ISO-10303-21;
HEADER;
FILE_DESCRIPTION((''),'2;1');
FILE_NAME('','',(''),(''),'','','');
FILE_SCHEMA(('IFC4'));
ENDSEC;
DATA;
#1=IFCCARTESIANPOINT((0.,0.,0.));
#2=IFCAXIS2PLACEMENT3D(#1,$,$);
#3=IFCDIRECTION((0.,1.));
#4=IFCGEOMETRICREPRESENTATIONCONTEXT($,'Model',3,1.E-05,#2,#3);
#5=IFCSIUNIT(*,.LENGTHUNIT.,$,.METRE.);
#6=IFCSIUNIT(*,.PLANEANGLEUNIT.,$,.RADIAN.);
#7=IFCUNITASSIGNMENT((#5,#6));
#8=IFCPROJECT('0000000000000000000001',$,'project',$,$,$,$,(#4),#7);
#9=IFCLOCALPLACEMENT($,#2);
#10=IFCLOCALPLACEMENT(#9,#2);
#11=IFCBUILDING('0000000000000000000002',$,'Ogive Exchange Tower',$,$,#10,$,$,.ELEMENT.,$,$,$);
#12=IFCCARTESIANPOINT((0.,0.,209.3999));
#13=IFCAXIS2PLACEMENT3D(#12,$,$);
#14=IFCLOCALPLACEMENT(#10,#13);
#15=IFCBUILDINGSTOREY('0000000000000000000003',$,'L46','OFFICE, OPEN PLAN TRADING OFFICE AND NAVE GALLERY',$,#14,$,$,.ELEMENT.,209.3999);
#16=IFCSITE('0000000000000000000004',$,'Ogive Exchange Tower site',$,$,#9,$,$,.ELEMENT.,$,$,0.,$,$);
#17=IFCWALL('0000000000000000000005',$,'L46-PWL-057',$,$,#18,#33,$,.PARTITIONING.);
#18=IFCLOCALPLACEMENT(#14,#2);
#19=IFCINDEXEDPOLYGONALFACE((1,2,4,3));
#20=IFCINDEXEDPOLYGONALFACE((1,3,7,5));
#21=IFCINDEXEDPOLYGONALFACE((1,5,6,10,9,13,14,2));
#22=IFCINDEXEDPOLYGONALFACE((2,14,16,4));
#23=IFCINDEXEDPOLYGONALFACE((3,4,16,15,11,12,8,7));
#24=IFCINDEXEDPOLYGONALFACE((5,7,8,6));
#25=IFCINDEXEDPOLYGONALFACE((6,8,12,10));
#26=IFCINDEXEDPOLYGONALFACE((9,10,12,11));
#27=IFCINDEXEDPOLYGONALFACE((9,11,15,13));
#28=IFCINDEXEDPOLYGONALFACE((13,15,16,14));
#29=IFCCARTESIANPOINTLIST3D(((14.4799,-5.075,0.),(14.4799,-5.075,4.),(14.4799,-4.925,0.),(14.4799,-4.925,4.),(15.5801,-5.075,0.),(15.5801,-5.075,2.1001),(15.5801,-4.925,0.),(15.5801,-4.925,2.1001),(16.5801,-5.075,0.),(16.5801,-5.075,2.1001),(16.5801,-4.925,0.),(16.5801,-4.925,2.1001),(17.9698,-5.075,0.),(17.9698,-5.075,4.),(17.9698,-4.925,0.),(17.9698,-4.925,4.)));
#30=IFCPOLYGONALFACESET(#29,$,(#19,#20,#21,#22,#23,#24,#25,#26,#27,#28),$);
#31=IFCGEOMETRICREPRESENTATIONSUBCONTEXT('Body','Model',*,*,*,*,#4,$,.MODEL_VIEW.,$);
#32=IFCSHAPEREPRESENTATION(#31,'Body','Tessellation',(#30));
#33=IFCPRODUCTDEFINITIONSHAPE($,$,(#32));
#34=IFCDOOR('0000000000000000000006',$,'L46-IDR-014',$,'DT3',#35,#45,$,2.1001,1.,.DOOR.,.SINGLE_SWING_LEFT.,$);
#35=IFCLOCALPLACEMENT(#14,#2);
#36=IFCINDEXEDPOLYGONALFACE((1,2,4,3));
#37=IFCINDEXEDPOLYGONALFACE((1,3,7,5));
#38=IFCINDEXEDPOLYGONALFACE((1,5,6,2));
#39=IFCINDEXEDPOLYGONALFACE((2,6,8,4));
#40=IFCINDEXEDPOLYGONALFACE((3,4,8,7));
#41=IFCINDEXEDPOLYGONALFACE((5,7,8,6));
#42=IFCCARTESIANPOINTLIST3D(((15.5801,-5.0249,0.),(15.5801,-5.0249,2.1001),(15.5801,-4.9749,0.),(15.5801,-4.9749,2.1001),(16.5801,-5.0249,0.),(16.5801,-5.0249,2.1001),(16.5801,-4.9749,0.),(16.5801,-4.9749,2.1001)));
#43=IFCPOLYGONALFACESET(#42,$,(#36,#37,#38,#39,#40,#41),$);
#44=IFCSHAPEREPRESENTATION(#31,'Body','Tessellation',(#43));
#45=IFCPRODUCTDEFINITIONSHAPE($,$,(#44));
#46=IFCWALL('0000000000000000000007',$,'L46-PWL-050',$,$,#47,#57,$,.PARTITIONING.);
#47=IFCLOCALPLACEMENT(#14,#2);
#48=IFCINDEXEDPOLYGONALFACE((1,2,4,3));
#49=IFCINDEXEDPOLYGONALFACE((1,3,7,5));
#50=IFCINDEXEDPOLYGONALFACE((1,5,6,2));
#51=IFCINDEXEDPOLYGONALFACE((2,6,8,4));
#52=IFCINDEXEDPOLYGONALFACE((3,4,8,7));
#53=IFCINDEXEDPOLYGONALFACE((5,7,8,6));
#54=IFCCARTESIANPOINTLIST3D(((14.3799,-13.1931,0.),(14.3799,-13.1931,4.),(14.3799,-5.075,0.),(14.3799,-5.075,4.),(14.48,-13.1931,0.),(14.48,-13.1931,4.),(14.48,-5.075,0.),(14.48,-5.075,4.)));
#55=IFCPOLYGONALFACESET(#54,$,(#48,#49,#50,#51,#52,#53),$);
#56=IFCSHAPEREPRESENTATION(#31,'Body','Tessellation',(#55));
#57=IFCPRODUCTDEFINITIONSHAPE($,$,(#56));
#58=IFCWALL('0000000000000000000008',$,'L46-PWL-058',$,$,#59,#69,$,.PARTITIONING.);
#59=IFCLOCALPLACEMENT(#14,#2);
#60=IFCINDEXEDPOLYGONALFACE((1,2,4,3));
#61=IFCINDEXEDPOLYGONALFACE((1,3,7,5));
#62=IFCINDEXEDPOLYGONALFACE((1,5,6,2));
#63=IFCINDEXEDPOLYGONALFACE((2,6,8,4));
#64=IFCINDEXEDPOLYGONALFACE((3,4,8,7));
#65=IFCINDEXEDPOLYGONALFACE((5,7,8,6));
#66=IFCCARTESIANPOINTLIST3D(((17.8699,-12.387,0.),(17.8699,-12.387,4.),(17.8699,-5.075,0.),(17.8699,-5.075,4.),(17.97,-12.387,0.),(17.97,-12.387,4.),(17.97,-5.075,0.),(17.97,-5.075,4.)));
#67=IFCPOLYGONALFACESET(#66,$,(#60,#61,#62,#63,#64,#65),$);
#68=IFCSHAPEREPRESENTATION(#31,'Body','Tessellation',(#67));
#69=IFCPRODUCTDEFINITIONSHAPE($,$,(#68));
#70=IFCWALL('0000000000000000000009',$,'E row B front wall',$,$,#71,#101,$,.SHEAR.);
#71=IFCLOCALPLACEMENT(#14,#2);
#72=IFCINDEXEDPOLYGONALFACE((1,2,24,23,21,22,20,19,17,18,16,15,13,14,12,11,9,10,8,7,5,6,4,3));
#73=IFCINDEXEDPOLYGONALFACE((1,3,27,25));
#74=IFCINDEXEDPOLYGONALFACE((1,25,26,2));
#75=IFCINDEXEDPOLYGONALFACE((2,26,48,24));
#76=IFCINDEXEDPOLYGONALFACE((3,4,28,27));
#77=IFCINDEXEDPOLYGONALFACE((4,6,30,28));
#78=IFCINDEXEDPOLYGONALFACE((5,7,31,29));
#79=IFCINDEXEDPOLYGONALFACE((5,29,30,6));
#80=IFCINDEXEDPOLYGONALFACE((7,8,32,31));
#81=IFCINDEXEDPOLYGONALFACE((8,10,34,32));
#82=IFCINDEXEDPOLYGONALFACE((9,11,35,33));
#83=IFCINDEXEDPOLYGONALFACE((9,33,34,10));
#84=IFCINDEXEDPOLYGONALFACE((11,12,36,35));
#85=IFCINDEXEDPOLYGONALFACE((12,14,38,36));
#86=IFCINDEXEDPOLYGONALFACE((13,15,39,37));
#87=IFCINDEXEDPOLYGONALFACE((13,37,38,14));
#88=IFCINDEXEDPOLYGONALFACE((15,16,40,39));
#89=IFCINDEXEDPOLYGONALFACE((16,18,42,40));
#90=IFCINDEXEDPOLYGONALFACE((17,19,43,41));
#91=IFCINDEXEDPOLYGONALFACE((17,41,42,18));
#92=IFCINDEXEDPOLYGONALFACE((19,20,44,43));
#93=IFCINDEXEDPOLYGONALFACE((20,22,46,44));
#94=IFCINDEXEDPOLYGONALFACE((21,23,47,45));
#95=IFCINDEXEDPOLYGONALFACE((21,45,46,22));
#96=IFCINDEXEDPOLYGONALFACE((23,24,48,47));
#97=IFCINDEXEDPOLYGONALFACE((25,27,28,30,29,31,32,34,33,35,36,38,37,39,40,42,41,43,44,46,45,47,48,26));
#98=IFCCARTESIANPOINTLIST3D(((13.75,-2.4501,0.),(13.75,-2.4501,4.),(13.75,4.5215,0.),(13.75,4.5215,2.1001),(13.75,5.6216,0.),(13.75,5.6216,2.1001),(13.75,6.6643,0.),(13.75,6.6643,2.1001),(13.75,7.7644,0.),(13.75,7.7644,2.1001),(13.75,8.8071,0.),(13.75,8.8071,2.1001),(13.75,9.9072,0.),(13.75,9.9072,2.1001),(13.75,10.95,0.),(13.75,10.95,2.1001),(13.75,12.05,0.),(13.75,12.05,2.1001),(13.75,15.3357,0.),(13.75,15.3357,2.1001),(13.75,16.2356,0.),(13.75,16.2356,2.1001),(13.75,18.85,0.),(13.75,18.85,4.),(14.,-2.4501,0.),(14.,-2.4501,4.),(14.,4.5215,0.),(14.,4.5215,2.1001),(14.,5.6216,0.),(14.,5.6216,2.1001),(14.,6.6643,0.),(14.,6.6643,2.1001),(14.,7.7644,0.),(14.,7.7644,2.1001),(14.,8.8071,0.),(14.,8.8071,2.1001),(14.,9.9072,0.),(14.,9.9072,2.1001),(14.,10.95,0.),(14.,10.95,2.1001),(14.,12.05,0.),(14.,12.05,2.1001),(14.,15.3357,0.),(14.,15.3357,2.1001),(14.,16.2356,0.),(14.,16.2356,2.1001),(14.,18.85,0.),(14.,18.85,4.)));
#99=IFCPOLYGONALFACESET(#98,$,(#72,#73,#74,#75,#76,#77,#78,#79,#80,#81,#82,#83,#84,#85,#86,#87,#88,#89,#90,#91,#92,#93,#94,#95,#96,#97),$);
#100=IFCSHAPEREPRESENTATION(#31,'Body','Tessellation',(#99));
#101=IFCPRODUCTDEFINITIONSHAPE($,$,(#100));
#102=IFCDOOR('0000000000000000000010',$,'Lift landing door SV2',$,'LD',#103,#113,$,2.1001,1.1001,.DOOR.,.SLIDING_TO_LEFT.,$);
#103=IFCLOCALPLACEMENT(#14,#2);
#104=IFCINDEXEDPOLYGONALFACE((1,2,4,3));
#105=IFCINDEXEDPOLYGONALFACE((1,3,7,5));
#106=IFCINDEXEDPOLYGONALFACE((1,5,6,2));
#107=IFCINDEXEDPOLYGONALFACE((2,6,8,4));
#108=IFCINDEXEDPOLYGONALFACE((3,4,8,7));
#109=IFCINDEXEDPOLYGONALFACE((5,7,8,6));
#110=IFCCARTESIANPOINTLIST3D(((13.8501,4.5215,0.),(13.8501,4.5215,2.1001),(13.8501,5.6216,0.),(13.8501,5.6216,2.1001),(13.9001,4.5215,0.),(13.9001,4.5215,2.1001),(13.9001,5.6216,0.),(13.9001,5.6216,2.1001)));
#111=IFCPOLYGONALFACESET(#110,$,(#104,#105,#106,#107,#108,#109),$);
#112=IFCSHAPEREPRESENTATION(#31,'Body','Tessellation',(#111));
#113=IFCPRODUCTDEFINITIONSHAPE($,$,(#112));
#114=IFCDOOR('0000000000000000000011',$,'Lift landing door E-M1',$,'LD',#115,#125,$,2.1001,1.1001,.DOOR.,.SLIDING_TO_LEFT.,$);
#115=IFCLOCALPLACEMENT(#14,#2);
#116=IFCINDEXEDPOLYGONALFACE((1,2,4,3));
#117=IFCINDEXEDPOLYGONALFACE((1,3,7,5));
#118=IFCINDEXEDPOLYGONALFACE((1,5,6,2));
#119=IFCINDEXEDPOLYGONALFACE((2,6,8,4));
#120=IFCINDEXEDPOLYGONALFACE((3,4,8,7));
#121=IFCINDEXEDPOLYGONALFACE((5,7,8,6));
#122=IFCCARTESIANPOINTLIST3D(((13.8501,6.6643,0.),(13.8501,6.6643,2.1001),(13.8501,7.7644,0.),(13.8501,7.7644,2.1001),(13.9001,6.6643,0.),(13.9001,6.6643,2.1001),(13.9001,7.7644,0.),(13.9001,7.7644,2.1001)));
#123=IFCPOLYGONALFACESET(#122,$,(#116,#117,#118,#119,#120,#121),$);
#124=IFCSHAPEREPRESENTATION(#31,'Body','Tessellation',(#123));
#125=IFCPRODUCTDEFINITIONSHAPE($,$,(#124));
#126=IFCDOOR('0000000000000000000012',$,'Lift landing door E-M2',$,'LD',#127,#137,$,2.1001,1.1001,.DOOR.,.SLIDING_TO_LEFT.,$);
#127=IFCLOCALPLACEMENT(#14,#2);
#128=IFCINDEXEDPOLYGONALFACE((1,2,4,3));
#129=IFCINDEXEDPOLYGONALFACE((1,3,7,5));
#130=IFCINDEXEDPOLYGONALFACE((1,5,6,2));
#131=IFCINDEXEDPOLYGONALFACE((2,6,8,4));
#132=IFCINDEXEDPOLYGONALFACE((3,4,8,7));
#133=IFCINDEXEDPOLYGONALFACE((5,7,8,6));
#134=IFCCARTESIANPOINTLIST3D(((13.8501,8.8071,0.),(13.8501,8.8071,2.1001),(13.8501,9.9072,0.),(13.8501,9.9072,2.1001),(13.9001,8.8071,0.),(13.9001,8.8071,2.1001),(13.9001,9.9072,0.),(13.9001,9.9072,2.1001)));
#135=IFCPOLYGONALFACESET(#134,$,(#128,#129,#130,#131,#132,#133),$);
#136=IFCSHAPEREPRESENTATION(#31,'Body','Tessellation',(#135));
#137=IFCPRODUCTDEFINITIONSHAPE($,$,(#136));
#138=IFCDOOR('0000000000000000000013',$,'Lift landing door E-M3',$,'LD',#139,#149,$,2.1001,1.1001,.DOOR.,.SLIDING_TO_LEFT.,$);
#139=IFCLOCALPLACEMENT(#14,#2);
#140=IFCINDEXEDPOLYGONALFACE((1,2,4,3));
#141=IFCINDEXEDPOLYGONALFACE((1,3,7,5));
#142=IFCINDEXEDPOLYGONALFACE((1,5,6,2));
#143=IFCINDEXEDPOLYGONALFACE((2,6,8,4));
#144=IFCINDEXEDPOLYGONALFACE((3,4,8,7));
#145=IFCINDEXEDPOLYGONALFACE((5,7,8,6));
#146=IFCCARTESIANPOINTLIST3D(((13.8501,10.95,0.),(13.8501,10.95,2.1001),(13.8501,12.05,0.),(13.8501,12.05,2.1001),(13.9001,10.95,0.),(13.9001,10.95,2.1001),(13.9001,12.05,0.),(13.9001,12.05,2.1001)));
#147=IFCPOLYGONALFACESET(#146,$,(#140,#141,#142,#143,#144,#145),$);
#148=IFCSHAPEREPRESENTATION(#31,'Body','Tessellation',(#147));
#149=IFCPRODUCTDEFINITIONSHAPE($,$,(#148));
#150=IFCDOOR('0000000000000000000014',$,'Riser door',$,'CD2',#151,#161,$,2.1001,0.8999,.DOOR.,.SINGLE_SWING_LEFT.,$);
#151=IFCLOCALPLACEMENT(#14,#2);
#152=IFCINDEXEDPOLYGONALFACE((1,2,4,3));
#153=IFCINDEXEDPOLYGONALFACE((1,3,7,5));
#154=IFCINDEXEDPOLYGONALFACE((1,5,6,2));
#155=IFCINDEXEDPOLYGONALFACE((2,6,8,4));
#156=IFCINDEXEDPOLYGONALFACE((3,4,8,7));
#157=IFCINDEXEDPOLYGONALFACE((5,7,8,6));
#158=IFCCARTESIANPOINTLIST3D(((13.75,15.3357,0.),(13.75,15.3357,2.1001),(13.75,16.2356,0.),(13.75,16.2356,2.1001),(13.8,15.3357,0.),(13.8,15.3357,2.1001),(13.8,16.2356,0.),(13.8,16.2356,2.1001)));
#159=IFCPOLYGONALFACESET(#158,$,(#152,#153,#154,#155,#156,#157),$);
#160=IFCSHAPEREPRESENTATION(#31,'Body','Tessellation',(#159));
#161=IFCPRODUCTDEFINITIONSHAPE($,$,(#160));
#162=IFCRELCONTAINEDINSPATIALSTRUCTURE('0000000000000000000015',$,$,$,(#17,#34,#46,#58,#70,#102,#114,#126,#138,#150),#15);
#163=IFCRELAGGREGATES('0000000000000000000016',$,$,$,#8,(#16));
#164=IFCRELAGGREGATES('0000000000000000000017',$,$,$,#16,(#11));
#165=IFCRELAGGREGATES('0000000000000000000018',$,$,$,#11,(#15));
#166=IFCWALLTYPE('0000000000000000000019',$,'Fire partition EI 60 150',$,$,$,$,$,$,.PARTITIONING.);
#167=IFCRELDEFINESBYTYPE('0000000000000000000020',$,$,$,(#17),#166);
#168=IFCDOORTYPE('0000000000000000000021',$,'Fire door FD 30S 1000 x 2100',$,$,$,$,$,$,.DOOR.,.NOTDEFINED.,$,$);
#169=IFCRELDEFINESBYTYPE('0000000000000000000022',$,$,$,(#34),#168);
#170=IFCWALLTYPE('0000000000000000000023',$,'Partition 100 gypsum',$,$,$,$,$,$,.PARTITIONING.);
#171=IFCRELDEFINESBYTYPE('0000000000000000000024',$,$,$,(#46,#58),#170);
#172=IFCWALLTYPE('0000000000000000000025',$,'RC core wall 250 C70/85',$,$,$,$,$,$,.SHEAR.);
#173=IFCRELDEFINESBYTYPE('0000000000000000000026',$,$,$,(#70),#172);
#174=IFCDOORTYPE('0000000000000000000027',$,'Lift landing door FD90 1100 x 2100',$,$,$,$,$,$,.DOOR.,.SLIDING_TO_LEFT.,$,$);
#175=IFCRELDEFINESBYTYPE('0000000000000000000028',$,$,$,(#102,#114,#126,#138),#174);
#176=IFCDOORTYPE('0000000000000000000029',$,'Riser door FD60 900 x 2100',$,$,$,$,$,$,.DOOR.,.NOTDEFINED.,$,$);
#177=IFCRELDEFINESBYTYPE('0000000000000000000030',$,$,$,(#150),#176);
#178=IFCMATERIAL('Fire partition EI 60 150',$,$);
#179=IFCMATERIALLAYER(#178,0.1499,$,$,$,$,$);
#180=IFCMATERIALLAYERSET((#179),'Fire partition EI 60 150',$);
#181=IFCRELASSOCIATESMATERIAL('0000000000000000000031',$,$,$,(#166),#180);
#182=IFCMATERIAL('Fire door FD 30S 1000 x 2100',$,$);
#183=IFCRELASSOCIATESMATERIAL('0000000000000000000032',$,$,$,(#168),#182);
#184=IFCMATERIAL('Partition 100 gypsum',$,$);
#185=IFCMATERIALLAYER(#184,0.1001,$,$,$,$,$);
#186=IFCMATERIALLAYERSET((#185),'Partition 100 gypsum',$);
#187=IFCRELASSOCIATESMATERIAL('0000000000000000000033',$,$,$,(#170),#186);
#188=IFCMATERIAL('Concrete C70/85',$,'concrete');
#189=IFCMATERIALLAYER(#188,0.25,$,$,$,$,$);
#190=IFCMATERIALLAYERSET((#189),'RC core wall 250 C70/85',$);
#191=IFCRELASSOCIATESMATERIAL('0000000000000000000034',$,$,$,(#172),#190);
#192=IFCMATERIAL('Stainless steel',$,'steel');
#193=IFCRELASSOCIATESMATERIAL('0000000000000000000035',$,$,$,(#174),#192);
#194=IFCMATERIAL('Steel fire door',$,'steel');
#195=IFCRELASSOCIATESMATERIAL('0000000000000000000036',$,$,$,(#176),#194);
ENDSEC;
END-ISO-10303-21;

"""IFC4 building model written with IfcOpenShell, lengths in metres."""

from ifc_helpers import new_model, si_unit, direction, frame, frame_2d, origin, place, context, subcontext, project, spatial, rectangle, extrude, material, layer, layer_set, type_object, element, fill, save


model = new_model("IFC4")

# Units and contexts
model_context = context("Model", 3, precision=1e-05, world=origin(), true_north=direction((0.0, 1.0)))
body_context = subcontext(model_context, "Body", "Model", "MODEL_VIEW")
ifc_project = project(units=[si_unit("LENGTHUNIT", "METRE"), si_unit("PLANEANGLEUNIT", "RADIAN")], contexts=[model_context])

# Site, building, storey
site_placement = place(None, origin())
site = spatial("IfcSite", under=ifc_project, at=site_placement, Name="Ogive Exchange Tower site", CompositionType="ELEMENT", RefElevation=0.0)
building_placement = place(site_placement, origin())
building = spatial("IfcBuilding", under=site, at=building_placement, Name="Ogive Exchange Tower", CompositionType="ELEMENT")
storey_placement = place(building_placement, frame((0.0, 0.0, 209.3999)))
storey = spatial("IfcBuildingStorey", under=building, at=storey_placement, Name="L46", Description="OFFICE, OPEN PLAN TRADING OFFICE AND NAVE GALLERY", CompositionType="ELEMENT", Elevation=209.3999)

# Shared definitions
ifc_material_1 = material(Name="Fire partition EI 60 150")
ifc_layer_1 = layer(ifc_material_1, 0.1499)
ifc_layer_set_1 = layer_set([ifc_layer_1], Name="Fire partition EI 60 150")
wall_type_1 = type_object("IfcWallType", Name="Fire partition EI 60 150", PredefinedType="PARTITIONING", material=ifc_layer_set_1)
ifc_material_2 = material(Name="Fire door FD 30S 1000 x 2100")
door_type_1 = type_object("IfcDoorType", Name="Fire door FD 30S 1000 x 2100", OperationType="NOTDEFINED", PredefinedType="DOOR", material=ifc_material_2)

# Wall, opening, door
wall_1_placement = place(storey_placement, frame((17.97, -5.0, 0.0), z_axis=(0.0, 0.0, 1.0), x_axis=(-1.0, 0.0, 0.0)))
wall_1 = element("IfcWall", 1, at=wall_1_placement, inside=storey, type_object=wall_type_1, Name="L46-PWL-057", PredefinedType="PARTITIONING", context=body_context, shape_type="SweptSolid", body=[
    extrude(rectangle(XDim=3.49, YDim=0.1499, at=frame_2d((1.7451, 0.0))), origin(), (0.0, 0.0, 1.0), 4.0),
])
opening_1_placement = place(wall_1_placement, frame((1.3899, 0.0, 0.0)))
opening_1 = element("IfcOpeningElement", 2, at=opening_1_placement, cuts=wall_1, PredefinedType="OPENING", context=body_context, shape_type="SweptSolid", body=[
    extrude(rectangle(XDim=1.0, YDim=2.1001, at=frame_2d((0.5, 1.05))), frame((0.0, 0.085, 0.0), z_axis=(0.0, -1.0, 0.0), x_axis=(1.0, 0.0, 0.0)), (0.0, 0.0, 1.0), 0.1699),
])
door_1_placement = place(opening_1_placement, origin())
door_1 = element("IfcDoor", 3, at=door_1_placement, inside=storey, type_object=door_type_1, Name="L46-IDR-014", ObjectType="DT3", OperationType="SINGLE_SWING_LEFT", OverallHeight=2.1001, OverallWidth=1.0, PredefinedType="DOOR", context=body_context, shape_type="SweptSolid", body=[
    extrude(rectangle(XDim=1.0, YDim=2.1001, at=frame_2d((0.5, 1.05))), frame((0.0, 0.0249, 0.0), z_axis=(0.0, -1.0, 0.0), x_axis=(1.0, 0.0, 0.0)), (0.0, 0.0, 1.0), 0.05),
])
fill(opening_1, door_1)

# Walls
ifc_material_3 = material(Name="Partition 100 gypsum")
ifc_layer_2 = layer(ifc_material_3, 0.1001)
ifc_layer_set_2 = layer_set([ifc_layer_2], Name="Partition 100 gypsum")
wall_type_2 = type_object("IfcWallType", Name="Partition 100 gypsum", PredefinedType="PARTITIONING", material=ifc_layer_set_2)
wall_2_placement = place(storey_placement, frame((14.4299, -5.075, 0.0), z_axis=(0.0, 0.0, 1.0), x_axis=(0.0, -1.0, 0.0)))
element("IfcWall", 4, at=wall_2_placement, inside=storey, type_object=wall_type_2, Name="L46-PWL-050", PredefinedType="PARTITIONING", context=body_context, shape_type="SweptSolid", body=[
    extrude(rectangle(XDim=8.1182, YDim=0.1001, at=frame_2d((4.0591, 0.0))), origin(), (0.0, 0.0, 1.0), 4.0),
])
wall_3_placement = place(storey_placement, frame((17.9199, -5.075, 0.0), z_axis=(0.0, 0.0, 1.0), x_axis=(0.0, -1.0, 0.0)))
element("IfcWall", 5, at=wall_3_placement, inside=storey, type_object=wall_type_2, Name="L46-PWL-058", PredefinedType="PARTITIONING", context=body_context, shape_type="SweptSolid", body=[
    extrude(rectangle(XDim=7.312, YDim=0.1001, at=frame_2d((3.656, 0.0))), origin(), (0.0, 0.0, 1.0), 4.0),
])

# Wall, openings, doors
ifc_material_4 = material(Name="Concrete C70/85", Category="concrete")
ifc_layer_3 = layer(ifc_material_4, 0.25)
ifc_layer_set_3 = layer_set([ifc_layer_3], Name="RC core wall 250 C70/85")
wall_type_3 = type_object("IfcWallType", Name="RC core wall 250 C70/85", PredefinedType="SHEAR", material=ifc_layer_set_3)
wall_4_placement = place(storey_placement, frame((13.875, -2.45, 0.0), z_axis=(0.0, 0.0, 1.0), x_axis=(0.0, 1.0, 0.0)))
wall_4 = element("IfcWall", 6, at=wall_4_placement, inside=storey, type_object=wall_type_3, Name="E row B front wall", PredefinedType="SHEAR", context=body_context, shape_type="SweptSolid", body=[
    extrude(rectangle(XDim=21.3, YDim=0.25, at=frame_2d((10.6499, 0.0))), origin(), (0.0, 0.0, 1.0), 4.0),
])
opening_2_placement = place(wall_4_placement, frame((17.7856, 0.0, 0.0)))
opening_2 = element("IfcOpeningElement", 7, at=opening_2_placement, cuts=wall_4, PredefinedType="OPENING", context=body_context, shape_type="SweptSolid", body=[
    extrude(rectangle(XDim=0.8999, YDim=2.1001, at=frame_2d((0.45, 1.05))), frame((0.0, 0.135, 0.0), z_axis=(0.0, -1.0, 0.0), x_axis=(1.0, 0.0, 0.0)), (0.0, 0.0, 1.0), 0.27),
])
opening_3_placement = place(wall_4_placement, frame((6.9714, 0.0, 0.0)))
opening_3 = element("IfcOpeningElement", 8, at=opening_3_placement, cuts=wall_4, PredefinedType="OPENING", context=body_context, shape_type="SweptSolid", body=[
    extrude(rectangle(XDim=1.1001, YDim=2.1001, at=frame_2d((0.55, 1.05))), frame((0.0, 0.135, 0.0), z_axis=(0.0, -1.0, 0.0), x_axis=(1.0, 0.0, 0.0)), (0.0, 0.0, 1.0), 0.27),
])
opening_4_placement = place(wall_4_placement, frame((9.1143, 0.0, 0.0)))
opening_4 = element("IfcOpeningElement", 9, at=opening_4_placement, cuts=wall_4, PredefinedType="OPENING", context=body_context, shape_type="SweptSolid", body=[
    extrude(rectangle(XDim=1.1001, YDim=2.1001, at=frame_2d((0.55, 1.05))), frame((0.0, 0.135, 0.0), z_axis=(0.0, -1.0, 0.0), x_axis=(1.0, 0.0, 0.0)), (0.0, 0.0, 1.0), 0.27),
])
opening_5_placement = place(wall_4_placement, frame((11.2571, 0.0, 0.0)))
opening_5 = element("IfcOpeningElement", 10, at=opening_5_placement, cuts=wall_4, PredefinedType="OPENING", context=body_context, shape_type="SweptSolid", body=[
    extrude(rectangle(XDim=1.1001, YDim=2.1001, at=frame_2d((0.55, 1.05))), frame((0.0, 0.135, 0.0), z_axis=(0.0, -1.0, 0.0), x_axis=(1.0, 0.0, 0.0)), (0.0, 0.0, 1.0), 0.27),
])
opening_6_placement = place(wall_4_placement, frame((13.3999, 0.0, 0.0)))
opening_6 = element("IfcOpeningElement", 11, at=opening_6_placement, cuts=wall_4, PredefinedType="OPENING", context=body_context, shape_type="SweptSolid", body=[
    extrude(rectangle(XDim=1.1001, YDim=2.1001, at=frame_2d((0.55, 1.05))), frame((0.0, 0.135, 0.0), z_axis=(0.0, -1.0, 0.0), x_axis=(1.0, 0.0, 0.0)), (0.0, 0.0, 1.0), 0.27),
])
ifc_material_5 = material(Name="Stainless steel", Category="steel")
door_type_2 = type_object("IfcDoorType", Name="Lift landing door FD90 1100 x 2100", OperationType="SLIDING_TO_LEFT", PredefinedType="DOOR", material=ifc_material_5)
door_2_placement = place(opening_3_placement, origin())
door_2 = element("IfcDoor", 12, at=door_2_placement, inside=storey, type_object=door_type_2, Name="Lift landing door SV2", ObjectType="LD", OperationType="SLIDING_TO_LEFT", OverallHeight=2.1001, OverallWidth=1.1001, PredefinedType="DOOR", context=body_context, shape_type="SweptSolid", body=[
    extrude(rectangle(XDim=1.1001, YDim=2.1001, at=frame_2d((0.55, 1.05))), frame((0.0, 0.0249, 0.0), z_axis=(0.0, -1.0, 0.0), x_axis=(1.0, 0.0, 0.0)), (0.0, 0.0, 1.0), 0.05),
])
fill(opening_3, door_2)
door_3_placement = place(opening_4_placement, origin())
door_3 = element("IfcDoor", 13, at=door_3_placement, inside=storey, type_object=door_type_2, Name="Lift landing door E-M1", ObjectType="LD", OperationType="SLIDING_TO_LEFT", OverallHeight=2.1001, OverallWidth=1.1001, PredefinedType="DOOR", context=body_context, shape_type="SweptSolid", body=[
    extrude(rectangle(XDim=1.1001, YDim=2.1001, at=frame_2d((0.55, 1.05))), frame((0.0, 0.0249, 0.0), z_axis=(0.0, -1.0, 0.0), x_axis=(1.0, 0.0, 0.0)), (0.0, 0.0, 1.0), 0.05),
])
fill(opening_4, door_3)
door_4_placement = place(opening_5_placement, origin())
door_4 = element("IfcDoor", 14, at=door_4_placement, inside=storey, type_object=door_type_2, Name="Lift landing door E-M2", ObjectType="LD", OperationType="SLIDING_TO_LEFT", OverallHeight=2.1001, OverallWidth=1.1001, PredefinedType="DOOR", context=body_context, shape_type="SweptSolid", body=[
    extrude(rectangle(XDim=1.1001, YDim=2.1001, at=frame_2d((0.55, 1.05))), frame((0.0, 0.0249, 0.0), z_axis=(0.0, -1.0, 0.0), x_axis=(1.0, 0.0, 0.0)), (0.0, 0.0, 1.0), 0.05),
])
fill(opening_5, door_4)
door_5_placement = place(opening_6_placement, origin())
door_5 = element("IfcDoor", 15, at=door_5_placement, inside=storey, type_object=door_type_2, Name="Lift landing door E-M3", ObjectType="LD", OperationType="SLIDING_TO_LEFT", OverallHeight=2.1001, OverallWidth=1.1001, PredefinedType="DOOR", context=body_context, shape_type="SweptSolid", body=[
    extrude(rectangle(XDim=1.1001, YDim=2.1001, at=frame_2d((0.55, 1.05))), frame((0.0, 0.0249, 0.0), z_axis=(0.0, -1.0, 0.0), x_axis=(1.0, 0.0, 0.0)), (0.0, 0.0, 1.0), 0.05),
])
fill(opening_6, door_5)
ifc_material_6 = material(Name="Steel fire door", Category="steel")
door_type_3 = type_object("IfcDoorType", Name="Riser door FD60 900 x 2100", OperationType="NOTDEFINED", PredefinedType="DOOR", material=ifc_material_6)
door_6_placement = place(opening_2_placement, origin())
door_6 = element("IfcDoor", 16, at=door_6_placement, inside=storey, type_object=door_type_3, Name="Riser door", ObjectType="CD2", OperationType="SINGLE_SWING_LEFT", OverallHeight=2.1001, OverallWidth=0.8999, PredefinedType="DOOR", context=body_context, shape_type="SweptSolid", body=[
    extrude(rectangle(XDim=0.8999, YDim=2.1001, at=frame_2d((0.45, 1.05))), frame((0.0, 0.125, 0.0), z_axis=(0.0, -1.0, 0.0), x_axis=(1.0, 0.0, 0.0)), (0.0, 0.0, 1.0), 0.05),
])
fill(opening_2, door_6)

save(model, "model.ifc")
